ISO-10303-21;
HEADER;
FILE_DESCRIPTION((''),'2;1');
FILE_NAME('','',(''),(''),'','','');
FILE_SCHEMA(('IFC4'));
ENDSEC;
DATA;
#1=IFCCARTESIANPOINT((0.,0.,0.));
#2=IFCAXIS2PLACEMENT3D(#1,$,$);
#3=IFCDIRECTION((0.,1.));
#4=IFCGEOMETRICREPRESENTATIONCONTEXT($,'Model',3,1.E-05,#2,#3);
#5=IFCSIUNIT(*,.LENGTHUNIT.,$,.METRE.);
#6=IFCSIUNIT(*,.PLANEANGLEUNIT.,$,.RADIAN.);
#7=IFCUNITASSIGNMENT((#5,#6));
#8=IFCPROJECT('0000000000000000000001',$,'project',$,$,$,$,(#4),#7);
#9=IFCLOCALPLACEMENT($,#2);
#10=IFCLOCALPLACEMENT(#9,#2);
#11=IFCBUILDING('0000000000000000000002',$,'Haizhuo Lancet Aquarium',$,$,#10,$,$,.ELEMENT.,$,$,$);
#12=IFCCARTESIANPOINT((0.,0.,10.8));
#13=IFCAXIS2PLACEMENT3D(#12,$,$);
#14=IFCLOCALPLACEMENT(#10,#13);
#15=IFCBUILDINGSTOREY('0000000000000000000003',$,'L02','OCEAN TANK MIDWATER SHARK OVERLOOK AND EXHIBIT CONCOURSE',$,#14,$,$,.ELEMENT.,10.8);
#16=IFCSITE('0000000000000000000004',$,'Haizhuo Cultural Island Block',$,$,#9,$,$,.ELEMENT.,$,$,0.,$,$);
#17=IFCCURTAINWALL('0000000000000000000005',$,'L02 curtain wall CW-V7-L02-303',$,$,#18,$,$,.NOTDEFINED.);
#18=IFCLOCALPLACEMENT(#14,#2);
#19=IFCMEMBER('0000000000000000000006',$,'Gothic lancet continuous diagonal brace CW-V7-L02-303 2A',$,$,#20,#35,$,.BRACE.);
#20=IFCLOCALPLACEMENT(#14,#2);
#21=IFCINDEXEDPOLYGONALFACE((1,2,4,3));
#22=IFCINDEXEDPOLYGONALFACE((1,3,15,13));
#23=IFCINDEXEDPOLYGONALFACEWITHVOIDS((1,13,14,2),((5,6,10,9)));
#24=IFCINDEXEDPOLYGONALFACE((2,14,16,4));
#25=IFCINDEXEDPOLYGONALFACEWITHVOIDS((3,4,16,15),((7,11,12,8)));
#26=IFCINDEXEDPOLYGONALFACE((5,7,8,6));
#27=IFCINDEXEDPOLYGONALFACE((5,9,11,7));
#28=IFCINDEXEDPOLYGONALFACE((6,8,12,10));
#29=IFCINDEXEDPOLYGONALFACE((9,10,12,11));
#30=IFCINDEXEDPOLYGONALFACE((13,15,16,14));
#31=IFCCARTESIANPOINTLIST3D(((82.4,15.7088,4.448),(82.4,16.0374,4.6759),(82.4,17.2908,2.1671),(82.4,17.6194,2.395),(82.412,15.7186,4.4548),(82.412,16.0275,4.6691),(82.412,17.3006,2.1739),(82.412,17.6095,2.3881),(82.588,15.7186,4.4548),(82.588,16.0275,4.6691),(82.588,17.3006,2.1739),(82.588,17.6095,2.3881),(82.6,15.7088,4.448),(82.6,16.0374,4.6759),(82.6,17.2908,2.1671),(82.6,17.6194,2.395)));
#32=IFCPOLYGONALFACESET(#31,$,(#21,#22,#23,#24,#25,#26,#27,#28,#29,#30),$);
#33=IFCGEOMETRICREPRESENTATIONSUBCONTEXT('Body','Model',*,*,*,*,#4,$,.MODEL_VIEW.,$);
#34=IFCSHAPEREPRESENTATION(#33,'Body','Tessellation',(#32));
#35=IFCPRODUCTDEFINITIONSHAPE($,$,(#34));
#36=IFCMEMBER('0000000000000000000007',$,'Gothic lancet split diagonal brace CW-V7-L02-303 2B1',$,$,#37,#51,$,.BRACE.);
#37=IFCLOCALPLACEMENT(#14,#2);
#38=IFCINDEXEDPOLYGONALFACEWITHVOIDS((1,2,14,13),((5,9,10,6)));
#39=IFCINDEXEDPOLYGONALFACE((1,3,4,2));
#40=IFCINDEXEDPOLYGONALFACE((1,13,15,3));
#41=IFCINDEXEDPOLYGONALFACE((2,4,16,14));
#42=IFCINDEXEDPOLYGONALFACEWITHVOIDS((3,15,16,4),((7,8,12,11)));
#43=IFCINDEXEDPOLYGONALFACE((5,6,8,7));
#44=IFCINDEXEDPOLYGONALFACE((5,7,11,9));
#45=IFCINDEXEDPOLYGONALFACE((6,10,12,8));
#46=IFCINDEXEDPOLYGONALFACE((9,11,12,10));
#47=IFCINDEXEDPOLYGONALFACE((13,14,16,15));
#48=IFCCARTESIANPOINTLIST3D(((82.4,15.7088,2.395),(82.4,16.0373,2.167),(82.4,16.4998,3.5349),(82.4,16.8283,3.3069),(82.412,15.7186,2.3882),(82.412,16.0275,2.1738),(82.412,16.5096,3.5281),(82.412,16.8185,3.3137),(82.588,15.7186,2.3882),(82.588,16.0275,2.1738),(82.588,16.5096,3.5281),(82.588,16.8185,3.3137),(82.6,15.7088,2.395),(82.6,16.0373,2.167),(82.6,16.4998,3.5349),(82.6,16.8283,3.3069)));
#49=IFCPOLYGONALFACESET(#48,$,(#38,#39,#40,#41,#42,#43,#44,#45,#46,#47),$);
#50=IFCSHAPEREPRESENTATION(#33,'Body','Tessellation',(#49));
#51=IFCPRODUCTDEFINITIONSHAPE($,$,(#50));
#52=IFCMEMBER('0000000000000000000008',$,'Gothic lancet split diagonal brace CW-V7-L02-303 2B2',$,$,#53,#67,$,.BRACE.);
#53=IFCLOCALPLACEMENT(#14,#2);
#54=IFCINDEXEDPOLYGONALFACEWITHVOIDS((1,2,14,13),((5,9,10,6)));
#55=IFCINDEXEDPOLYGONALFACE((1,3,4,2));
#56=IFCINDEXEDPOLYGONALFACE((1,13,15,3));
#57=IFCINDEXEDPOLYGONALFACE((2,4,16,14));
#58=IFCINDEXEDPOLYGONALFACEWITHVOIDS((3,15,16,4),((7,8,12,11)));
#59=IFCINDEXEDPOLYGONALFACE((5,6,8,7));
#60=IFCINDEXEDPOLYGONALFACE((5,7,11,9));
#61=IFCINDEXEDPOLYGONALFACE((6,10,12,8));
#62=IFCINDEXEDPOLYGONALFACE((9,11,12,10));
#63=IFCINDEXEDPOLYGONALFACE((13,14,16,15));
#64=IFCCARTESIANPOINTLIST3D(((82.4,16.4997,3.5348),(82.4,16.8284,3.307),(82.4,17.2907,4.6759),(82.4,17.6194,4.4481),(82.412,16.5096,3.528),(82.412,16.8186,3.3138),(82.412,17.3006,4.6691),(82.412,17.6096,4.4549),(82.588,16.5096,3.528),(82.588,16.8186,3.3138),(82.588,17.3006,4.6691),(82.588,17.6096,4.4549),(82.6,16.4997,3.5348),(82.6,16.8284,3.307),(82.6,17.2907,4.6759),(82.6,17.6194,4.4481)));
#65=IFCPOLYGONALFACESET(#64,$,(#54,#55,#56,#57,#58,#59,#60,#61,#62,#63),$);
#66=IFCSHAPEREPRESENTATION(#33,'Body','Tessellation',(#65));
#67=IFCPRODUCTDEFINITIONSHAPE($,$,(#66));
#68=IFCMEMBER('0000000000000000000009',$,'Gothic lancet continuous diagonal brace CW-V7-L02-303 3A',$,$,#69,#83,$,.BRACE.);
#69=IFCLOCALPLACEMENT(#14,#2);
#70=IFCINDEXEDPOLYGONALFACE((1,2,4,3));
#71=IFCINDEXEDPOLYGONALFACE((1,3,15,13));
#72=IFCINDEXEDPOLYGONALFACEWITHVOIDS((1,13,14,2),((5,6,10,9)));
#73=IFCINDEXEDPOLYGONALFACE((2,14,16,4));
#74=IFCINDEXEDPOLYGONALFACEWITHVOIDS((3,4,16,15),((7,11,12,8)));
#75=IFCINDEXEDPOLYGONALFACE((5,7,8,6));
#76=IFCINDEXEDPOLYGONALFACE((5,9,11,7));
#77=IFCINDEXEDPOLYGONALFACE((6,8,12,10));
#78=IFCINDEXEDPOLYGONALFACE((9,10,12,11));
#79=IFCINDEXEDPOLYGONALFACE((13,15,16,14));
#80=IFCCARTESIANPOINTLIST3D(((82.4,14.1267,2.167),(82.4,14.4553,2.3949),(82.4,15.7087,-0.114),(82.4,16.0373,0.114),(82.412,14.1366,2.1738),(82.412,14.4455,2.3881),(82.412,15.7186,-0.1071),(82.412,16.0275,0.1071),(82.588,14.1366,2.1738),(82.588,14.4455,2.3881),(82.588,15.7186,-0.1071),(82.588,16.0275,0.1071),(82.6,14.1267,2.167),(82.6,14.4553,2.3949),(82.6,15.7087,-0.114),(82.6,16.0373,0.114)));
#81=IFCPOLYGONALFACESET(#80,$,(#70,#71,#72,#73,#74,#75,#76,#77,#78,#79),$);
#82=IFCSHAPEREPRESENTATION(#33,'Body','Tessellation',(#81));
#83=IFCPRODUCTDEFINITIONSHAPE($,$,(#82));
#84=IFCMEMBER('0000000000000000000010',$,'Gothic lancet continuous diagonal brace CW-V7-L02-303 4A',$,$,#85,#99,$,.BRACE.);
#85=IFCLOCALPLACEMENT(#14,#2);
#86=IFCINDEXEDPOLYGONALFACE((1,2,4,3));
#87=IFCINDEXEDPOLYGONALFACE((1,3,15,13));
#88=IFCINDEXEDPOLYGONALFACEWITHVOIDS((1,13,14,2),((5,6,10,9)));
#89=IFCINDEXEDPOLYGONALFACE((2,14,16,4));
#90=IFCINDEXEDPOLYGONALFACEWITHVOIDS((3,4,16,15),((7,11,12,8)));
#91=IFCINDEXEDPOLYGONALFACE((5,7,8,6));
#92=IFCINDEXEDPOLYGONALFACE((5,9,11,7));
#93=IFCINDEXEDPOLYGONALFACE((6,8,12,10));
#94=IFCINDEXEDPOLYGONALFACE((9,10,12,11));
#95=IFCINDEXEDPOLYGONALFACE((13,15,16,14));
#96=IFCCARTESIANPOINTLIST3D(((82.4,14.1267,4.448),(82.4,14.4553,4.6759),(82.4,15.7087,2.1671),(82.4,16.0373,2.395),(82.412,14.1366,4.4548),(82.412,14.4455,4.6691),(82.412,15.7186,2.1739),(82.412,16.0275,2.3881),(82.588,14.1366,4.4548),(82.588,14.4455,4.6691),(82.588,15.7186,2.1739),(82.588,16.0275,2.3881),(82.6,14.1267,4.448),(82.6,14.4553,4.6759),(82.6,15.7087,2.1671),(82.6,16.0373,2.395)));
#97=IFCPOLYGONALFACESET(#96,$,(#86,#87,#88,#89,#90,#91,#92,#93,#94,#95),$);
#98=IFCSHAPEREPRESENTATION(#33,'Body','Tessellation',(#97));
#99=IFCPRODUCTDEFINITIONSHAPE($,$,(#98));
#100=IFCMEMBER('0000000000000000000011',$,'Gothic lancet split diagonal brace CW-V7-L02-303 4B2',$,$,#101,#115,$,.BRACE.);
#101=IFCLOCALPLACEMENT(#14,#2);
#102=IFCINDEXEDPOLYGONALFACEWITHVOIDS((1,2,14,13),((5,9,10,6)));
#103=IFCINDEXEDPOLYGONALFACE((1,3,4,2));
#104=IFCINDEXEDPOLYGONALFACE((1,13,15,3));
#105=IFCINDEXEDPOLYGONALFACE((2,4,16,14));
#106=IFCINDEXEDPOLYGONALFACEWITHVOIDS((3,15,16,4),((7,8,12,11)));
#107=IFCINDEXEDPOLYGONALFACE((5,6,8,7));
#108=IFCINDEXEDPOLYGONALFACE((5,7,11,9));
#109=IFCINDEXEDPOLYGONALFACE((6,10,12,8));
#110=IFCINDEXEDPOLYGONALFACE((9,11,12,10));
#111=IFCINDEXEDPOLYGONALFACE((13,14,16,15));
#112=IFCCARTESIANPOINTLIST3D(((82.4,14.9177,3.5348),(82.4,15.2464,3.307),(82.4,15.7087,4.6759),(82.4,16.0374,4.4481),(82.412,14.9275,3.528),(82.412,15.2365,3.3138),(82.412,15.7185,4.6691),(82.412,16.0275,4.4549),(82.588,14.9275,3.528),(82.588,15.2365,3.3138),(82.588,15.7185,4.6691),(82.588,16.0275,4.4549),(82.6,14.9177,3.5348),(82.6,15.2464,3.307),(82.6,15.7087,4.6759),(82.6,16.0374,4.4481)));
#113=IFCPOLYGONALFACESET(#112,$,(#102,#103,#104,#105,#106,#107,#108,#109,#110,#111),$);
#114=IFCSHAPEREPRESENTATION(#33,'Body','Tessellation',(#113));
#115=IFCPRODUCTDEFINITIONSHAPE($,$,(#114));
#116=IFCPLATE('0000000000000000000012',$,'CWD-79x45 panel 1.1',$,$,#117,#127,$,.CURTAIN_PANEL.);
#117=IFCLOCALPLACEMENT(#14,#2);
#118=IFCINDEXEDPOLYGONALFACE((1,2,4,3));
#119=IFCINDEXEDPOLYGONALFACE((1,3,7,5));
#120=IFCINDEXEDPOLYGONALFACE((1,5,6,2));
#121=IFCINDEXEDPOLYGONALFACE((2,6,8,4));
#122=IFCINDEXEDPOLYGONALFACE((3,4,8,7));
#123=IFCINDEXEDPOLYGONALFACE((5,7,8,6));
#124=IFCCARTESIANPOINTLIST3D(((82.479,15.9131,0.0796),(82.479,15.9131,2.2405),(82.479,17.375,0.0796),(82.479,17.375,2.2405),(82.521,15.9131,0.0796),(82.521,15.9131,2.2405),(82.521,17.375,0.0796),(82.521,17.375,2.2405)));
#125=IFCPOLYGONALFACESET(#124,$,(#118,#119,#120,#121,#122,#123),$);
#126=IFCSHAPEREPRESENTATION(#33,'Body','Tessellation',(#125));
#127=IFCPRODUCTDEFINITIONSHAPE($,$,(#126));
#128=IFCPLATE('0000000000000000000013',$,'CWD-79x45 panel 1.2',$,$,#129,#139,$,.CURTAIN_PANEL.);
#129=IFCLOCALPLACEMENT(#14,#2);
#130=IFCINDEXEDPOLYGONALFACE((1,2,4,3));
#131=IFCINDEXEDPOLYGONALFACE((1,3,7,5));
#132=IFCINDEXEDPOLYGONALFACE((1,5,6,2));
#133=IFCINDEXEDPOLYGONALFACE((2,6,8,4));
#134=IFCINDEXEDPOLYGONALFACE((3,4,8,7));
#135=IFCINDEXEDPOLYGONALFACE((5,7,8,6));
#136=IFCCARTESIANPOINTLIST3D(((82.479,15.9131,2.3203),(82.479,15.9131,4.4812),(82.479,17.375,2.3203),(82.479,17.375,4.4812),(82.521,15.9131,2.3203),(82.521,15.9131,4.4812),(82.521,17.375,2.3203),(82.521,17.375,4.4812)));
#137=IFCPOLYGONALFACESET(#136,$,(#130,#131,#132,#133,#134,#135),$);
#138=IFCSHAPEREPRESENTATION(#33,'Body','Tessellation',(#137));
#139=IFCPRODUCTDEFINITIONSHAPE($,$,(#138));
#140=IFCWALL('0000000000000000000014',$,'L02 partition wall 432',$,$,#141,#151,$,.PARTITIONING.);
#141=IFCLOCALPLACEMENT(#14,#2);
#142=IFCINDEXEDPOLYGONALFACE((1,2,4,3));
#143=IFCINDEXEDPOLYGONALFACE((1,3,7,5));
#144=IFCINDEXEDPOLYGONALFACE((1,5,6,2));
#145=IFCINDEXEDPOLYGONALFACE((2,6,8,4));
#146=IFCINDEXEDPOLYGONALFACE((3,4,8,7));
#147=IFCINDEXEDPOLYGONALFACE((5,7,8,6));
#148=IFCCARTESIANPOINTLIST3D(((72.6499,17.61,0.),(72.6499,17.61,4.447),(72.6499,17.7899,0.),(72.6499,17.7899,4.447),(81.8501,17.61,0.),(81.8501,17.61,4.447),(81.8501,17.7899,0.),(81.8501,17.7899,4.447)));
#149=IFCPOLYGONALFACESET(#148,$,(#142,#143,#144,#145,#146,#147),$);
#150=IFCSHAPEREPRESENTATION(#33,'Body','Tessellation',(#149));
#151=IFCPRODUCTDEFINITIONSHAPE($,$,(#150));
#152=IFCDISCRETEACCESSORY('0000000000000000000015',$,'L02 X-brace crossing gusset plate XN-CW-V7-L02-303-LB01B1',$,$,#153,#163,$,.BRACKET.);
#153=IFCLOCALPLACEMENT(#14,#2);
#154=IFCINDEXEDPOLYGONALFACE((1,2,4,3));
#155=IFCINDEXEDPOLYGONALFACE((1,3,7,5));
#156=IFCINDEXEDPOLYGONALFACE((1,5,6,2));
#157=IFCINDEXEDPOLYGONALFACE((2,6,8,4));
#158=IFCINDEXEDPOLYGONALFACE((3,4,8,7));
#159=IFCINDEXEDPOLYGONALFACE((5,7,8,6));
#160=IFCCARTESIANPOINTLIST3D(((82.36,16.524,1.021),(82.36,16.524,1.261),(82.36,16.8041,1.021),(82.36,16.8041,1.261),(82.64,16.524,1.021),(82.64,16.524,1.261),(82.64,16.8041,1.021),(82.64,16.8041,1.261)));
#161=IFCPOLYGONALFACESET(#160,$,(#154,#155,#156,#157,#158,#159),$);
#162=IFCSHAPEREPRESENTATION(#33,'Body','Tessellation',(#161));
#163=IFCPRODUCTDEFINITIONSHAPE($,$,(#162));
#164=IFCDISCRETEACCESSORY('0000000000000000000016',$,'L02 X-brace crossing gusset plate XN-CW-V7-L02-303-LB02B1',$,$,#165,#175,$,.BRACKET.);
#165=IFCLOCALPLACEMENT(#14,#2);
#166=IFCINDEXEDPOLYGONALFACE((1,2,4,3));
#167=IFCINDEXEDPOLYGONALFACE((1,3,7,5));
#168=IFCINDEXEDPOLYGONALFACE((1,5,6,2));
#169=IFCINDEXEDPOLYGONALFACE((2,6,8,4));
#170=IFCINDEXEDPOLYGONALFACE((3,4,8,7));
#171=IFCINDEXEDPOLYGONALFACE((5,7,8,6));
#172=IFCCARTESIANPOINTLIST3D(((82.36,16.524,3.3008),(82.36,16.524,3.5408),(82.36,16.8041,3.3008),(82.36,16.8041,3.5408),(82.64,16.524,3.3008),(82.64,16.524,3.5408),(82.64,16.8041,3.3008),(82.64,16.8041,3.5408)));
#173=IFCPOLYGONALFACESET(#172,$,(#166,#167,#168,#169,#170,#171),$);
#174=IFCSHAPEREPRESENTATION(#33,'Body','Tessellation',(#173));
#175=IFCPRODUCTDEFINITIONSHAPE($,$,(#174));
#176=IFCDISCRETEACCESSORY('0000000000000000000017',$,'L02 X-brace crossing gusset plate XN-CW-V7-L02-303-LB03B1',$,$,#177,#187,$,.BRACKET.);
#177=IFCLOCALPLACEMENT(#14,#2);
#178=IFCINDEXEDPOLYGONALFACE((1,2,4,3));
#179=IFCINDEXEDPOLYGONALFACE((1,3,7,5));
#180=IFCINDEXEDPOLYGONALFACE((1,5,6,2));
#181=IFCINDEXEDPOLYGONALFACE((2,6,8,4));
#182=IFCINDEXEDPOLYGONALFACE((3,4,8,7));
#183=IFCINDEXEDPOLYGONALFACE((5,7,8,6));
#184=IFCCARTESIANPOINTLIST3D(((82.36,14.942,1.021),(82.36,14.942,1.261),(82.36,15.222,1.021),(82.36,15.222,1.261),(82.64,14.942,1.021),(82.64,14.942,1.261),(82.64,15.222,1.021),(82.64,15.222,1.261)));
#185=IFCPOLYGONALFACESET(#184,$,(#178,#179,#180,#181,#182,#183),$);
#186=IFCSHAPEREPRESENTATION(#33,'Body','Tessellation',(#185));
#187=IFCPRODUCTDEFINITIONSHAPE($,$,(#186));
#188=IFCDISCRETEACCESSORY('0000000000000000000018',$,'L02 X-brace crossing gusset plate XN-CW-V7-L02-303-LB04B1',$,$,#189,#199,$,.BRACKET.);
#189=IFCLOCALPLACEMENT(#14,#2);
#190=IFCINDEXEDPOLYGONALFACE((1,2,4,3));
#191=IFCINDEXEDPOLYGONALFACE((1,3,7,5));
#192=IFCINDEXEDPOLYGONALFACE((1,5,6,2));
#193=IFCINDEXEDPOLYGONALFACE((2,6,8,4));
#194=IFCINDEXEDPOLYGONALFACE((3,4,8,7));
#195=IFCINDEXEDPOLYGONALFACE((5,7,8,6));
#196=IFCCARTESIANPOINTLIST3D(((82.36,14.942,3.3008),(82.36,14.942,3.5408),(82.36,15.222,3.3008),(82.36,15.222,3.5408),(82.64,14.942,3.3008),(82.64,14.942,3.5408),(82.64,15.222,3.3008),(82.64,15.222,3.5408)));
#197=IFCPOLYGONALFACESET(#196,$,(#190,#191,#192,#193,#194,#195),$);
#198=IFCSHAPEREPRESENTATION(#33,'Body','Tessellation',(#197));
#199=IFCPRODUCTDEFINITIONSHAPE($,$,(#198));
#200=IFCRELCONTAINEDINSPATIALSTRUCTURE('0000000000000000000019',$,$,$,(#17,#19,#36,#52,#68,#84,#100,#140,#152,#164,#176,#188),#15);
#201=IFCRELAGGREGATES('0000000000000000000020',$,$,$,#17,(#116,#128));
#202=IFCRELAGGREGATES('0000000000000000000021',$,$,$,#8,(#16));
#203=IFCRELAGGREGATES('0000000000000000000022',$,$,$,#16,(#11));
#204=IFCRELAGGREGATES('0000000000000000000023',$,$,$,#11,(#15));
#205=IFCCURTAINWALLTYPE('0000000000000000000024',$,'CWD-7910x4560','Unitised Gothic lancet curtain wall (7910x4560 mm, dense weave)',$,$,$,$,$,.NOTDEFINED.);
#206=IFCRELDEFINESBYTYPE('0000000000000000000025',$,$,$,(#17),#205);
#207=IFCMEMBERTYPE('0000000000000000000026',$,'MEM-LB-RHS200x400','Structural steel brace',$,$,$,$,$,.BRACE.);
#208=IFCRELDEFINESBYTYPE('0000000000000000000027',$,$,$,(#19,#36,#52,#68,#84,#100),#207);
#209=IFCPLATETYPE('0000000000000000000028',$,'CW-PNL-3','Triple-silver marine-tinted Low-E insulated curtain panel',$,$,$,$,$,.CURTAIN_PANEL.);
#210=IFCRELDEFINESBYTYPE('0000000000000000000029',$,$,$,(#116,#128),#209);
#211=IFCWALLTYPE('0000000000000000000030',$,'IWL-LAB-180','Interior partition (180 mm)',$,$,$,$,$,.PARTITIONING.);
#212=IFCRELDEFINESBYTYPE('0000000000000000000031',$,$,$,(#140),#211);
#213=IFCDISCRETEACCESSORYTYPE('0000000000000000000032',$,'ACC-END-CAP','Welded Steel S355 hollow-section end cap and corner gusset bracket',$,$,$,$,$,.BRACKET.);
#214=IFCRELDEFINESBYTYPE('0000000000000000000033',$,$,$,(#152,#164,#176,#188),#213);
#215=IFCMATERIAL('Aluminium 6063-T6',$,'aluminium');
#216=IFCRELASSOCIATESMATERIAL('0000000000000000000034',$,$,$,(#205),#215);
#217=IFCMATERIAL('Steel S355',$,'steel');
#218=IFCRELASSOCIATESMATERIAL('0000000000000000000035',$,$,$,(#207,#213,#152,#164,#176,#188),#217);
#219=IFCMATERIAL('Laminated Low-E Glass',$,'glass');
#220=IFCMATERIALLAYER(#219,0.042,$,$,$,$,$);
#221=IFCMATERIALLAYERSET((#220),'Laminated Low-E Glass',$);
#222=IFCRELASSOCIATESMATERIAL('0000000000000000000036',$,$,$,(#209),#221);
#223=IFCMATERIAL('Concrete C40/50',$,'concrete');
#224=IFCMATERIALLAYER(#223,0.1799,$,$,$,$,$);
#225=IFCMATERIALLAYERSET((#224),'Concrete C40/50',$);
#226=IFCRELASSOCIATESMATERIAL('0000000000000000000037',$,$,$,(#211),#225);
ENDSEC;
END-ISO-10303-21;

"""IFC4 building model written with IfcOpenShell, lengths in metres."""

from ifc_helpers import new_model, si_unit, direction, frame, frame_2d, origin, origin_2d, place, context, subcontext, project, spatial, rectangle, hollow_rectangle, extrude, material, layer, layer_set, material_profile, profile_set, type_object, element, aggregate, save


model = new_model("IFC4")

# Units and contexts
model_context = context("Model", 3, precision=1e-05, world=origin(), true_north=direction((0.0, 1.0)))
body_context = subcontext(model_context, "Body", "Model", "MODEL_VIEW")
ifc_project = project(units=[si_unit("LENGTHUNIT", "METRE"), si_unit("PLANEANGLEUNIT", "RADIAN")], contexts=[model_context])

# Site, building, storey
site_placement = place(None, origin())
site = spatial("IfcSite", under=ifc_project, at=site_placement, Name="Haizhuo Cultural Island Block", CompositionType="ELEMENT", RefElevation=0.0)
building_placement = place(site_placement, origin())
building = spatial("IfcBuilding", under=site, at=building_placement, Name="Haizhuo Lancet Aquarium", CompositionType="ELEMENT")
storey_placement = place(building_placement, frame((0.0, 0.0, 10.8)))
storey = spatial("IfcBuildingStorey", under=building, at=storey_placement, Name="L02", Description="OCEAN TANK MIDWATER SHARK OVERLOOK AND EXHIBIT CONCOURSE", CompositionType="ELEMENT", Elevation=10.8)

# Curtain wall
ifc_material_1 = material(Name="Aluminium 6063-T6", Category="aluminium")
curtain_wall_type = type_object("IfcCurtainWallType", Name="CWD-7910x4560", Description="Unitised Gothic lancet curtain wall (7910x4560 mm, dense weave)", PredefinedType="NOTDEFINED", material=ifc_material_1)
curtain_wall_placement = place(storey_placement, origin())
curtain_wall = element("IfcCurtainWall", 1, at=curtain_wall_placement, inside=storey, type_object=curtain_wall_type, Name="L02 curtain wall CW-V7-L02-303", PredefinedType="NOTDEFINED")

# Members
ifc_material_2 = material(Name="Steel S355", Category="steel")
ifc_material_profile_1 = material_profile(ifc_material_2, hollow_rectangle(XDim=0.2, YDim=0.3999, WallThickness=0.012, at=origin_2d()), Name="RHS 200x400x12")
ifc_profile_set_1 = profile_set([ifc_material_profile_1], Name="Steel S355")
member_type_1 = type_object("IfcMemberType", Name="MEM-LB-RHS200x400", Description="Structural steel brace", PredefinedType="BRACE", material=ifc_profile_set_1)
member_1_placement = place(storey_placement, frame((82.5, 17.4551, 2.281), z_axis=(0.0, -0.569909, 0.821707), x_axis=(1.0, 0.0, 0.0)))
element("IfcMember", 2, at=member_1_placement, inside=storey, type_object=member_type_1, Name="Gothic lancet continuous diagonal brace CW-V7-L02-303 2A", PredefinedType="BRACE", context=body_context, shape_type="SweptSolid", body=[
    extrude(hollow_rectangle(XDim=0.2, YDim=0.3999, WallThickness=0.012, at=origin_2d()), origin(), (0.0, 0.0, 1.0), 2.7759),
])
member_2_placement = place(storey_placement, frame((82.5, 15.873, 2.281), z_axis=(0.0, 0.570115, 0.821565), x_axis=(-1.0, 0.0, 0.0)))
element("IfcMember", 3, at=member_2_placement, inside=storey, type_object=member_type_1, Name="Gothic lancet split diagonal brace CW-V7-L02-303 2B1", PredefinedType="BRACE", context=body_context, shape_type="SweptSolid", body=[
    extrude(hollow_rectangle(XDim=0.2, YDim=0.3999, WallThickness=0.012, at=origin_2d()), origin(), (0.0, 0.0, 1.0), 1.3875),
])
member_3_placement = place(storey_placement, frame((82.5, 16.6641, 3.4209), z_axis=(0.0, 0.569704, 0.82185), x_axis=(-1.0, 0.0, 0.0)))
element("IfcMember", 4, at=member_3_placement, inside=storey, type_object=member_type_1, Name="Gothic lancet split diagonal brace CW-V7-L02-303 2B2", PredefinedType="BRACE", context=body_context, shape_type="SweptSolid", body=[
    extrude(hollow_rectangle(XDim=0.2, YDim=0.3999, WallThickness=0.012, at=origin_2d()), origin(), (0.0, 0.0, 1.0), 1.3884),
])
for number, where, z_axis, x_axis, name in (
    (5, (82.5, 15.873, 0.0), (0.0, -0.569909, 0.821707), (1.0, 0.0, 0.0), "Gothic lancet continuous diagonal brace CW-V7-L02-303 3A"),
    (6, (82.5, 15.873, 2.281), (0.0, -0.569909, 0.821707), (1.0, 0.0, 0.0), "Gothic lancet continuous diagonal brace CW-V7-L02-303 4A"),
):
    element("IfcMember", number, at=place(storey_placement, frame(where, z_axis=z_axis, x_axis=x_axis)), inside=storey, type_object=member_type_1, Name=name, PredefinedType="BRACE", context=body_context, shape_type="SweptSolid", body=[
        extrude(hollow_rectangle(XDim=0.2, YDim=0.3999, WallThickness=0.012, at=origin_2d()), origin(), (0.0, 0.0, 1.0), 2.7759),
    ])
member_4_placement = place(storey_placement, frame((82.5, 15.082, 3.4209), z_axis=(0.0, 0.569704, 0.82185), x_axis=(-1.0, 0.0, 0.0)))
element("IfcMember", 7, at=member_4_placement, inside=storey, type_object=member_type_1, Name="Gothic lancet split diagonal brace CW-V7-L02-303 4B2", PredefinedType="BRACE", context=body_context, shape_type="SweptSolid", body=[
    extrude(hollow_rectangle(XDim=0.2, YDim=0.3999, WallThickness=0.012, at=origin_2d()), origin(), (0.0, 0.0, 1.0), 1.3884),
])

# Plates
ifc_material_3 = material(Name="Laminated Low-E Glass", Category="glass")
ifc_layer_1 = layer(ifc_material_3, 0.042)
ifc_layer_set_1 = layer_set([ifc_layer_1], Name="Laminated Low-E Glass")
plate_type = type_object("IfcPlateType", Name="CW-PNL-3", Description="Triple-silver marine-tinted Low-E insulated curtain panel", PredefinedType="CURTAIN_PANEL", material=ifc_layer_set_1)
plate_1_placement = place(storey_placement, frame((82.5, 16.644, 0.0796), z_axis=(0.0, 0.0, 1.0), x_axis=(0.0, -1.0, 0.0)))
plate_1 = element("IfcPlate", 8, at=plate_1_placement, type_object=plate_type, Name="CWD-79x45 panel 1.1", PredefinedType="CURTAIN_PANEL", context=body_context, shape_type="SweptSolid", body=[
    extrude(rectangle(XDim=1.4619, YDim=0.042, at=origin_2d()), origin(), (0.0, 0.0, 1.0), 2.1609),
])
plate_2_placement = place(storey_placement, frame((82.5, 16.644, 2.3203), z_axis=(0.0, 0.0, 1.0), x_axis=(0.0, -1.0, 0.0)))
plate_2 = element("IfcPlate", 9, at=plate_2_placement, type_object=plate_type, Name="CWD-79x45 panel 1.2", PredefinedType="CURTAIN_PANEL", context=body_context, shape_type="SweptSolid", body=[
    extrude(rectangle(XDim=1.4619, YDim=0.042, at=origin_2d()), origin(), (0.0, 0.0, 1.0), 2.1609),
])
aggregate(curtain_wall, [plate_1, plate_2])

# Wall
ifc_material_4 = material(Name="Concrete C40/50", Category="concrete")
ifc_layer_2 = layer(ifc_material_4, 0.1799)
ifc_layer_set_2 = layer_set([ifc_layer_2], Name="Concrete C40/50")
wall_type = type_object("IfcWallType", Name="IWL-LAB-180", Description="Interior partition (180 mm)", PredefinedType="PARTITIONING", material=ifc_layer_set_2)
wall_placement = place(storey_placement, frame((81.8501, 17.7, 0.0), z_axis=(0.0, 0.0, 1.0), x_axis=(-1.0, 0.0, 0.0)))
element("IfcWall", 10, at=wall_placement, inside=storey, type_object=wall_type, Name="L02 partition wall 432", PredefinedType="PARTITIONING", context=body_context, shape_type="SweptSolid", body=[
    extrude(rectangle(XDim=9.2002, YDim=0.1799, at=frame_2d((4.6001, 0.0))), origin(), (0.0, 0.0, 1.0), 4.447),
])

# Discrete accessories
discrete_accessory_type = type_object("IfcDiscreteAccessoryType", Name="ACC-END-CAP", Description="Welded Steel S355 hollow-section end cap and corner gusset bracket", PredefinedType="BRACKET", material=ifc_material_2)
for number, where, z_axis, x_axis, name in (
    (11, (82.5, 16.6641, 1.021), (0.0, 0.0, 1.0), (1.0, 0.0, 0.0), "L02 X-brace crossing gusset plate XN-CW-V7-L02-303-LB01B1"),
    (12, (82.5, 16.6641, 3.3008), (0.0, 0.0, 1.0), (1.0, 0.0, 0.0), "L02 X-brace crossing gusset plate XN-CW-V7-L02-303-LB02B1"),
    (13, (82.5, 15.082, 1.021), (0.0, 0.0, 1.0), (1.0, 0.0, 0.0), "L02 X-brace crossing gusset plate XN-CW-V7-L02-303-LB03B1"),
    (14, (82.5, 15.082, 3.3008), (0.0, 0.0, 1.0), (1.0, 0.0, 0.0), "L02 X-brace crossing gusset plate XN-CW-V7-L02-303-LB04B1"),
):
    element("IfcDiscreteAccessory", number, at=place(storey_placement, frame(where, z_axis=z_axis, x_axis=x_axis)), inside=storey, type_object=discrete_accessory_type, material=ifc_material_2, Name=name, PredefinedType="BRACKET", context=body_context, shape_type="SweptSolid", body=[
        extrude(rectangle(XDim=0.28, YDim=0.28, at=origin_2d()), origin(), (0.0, 0.0, 1.0), 0.24),
    ])

save(model, "model.ifc")
